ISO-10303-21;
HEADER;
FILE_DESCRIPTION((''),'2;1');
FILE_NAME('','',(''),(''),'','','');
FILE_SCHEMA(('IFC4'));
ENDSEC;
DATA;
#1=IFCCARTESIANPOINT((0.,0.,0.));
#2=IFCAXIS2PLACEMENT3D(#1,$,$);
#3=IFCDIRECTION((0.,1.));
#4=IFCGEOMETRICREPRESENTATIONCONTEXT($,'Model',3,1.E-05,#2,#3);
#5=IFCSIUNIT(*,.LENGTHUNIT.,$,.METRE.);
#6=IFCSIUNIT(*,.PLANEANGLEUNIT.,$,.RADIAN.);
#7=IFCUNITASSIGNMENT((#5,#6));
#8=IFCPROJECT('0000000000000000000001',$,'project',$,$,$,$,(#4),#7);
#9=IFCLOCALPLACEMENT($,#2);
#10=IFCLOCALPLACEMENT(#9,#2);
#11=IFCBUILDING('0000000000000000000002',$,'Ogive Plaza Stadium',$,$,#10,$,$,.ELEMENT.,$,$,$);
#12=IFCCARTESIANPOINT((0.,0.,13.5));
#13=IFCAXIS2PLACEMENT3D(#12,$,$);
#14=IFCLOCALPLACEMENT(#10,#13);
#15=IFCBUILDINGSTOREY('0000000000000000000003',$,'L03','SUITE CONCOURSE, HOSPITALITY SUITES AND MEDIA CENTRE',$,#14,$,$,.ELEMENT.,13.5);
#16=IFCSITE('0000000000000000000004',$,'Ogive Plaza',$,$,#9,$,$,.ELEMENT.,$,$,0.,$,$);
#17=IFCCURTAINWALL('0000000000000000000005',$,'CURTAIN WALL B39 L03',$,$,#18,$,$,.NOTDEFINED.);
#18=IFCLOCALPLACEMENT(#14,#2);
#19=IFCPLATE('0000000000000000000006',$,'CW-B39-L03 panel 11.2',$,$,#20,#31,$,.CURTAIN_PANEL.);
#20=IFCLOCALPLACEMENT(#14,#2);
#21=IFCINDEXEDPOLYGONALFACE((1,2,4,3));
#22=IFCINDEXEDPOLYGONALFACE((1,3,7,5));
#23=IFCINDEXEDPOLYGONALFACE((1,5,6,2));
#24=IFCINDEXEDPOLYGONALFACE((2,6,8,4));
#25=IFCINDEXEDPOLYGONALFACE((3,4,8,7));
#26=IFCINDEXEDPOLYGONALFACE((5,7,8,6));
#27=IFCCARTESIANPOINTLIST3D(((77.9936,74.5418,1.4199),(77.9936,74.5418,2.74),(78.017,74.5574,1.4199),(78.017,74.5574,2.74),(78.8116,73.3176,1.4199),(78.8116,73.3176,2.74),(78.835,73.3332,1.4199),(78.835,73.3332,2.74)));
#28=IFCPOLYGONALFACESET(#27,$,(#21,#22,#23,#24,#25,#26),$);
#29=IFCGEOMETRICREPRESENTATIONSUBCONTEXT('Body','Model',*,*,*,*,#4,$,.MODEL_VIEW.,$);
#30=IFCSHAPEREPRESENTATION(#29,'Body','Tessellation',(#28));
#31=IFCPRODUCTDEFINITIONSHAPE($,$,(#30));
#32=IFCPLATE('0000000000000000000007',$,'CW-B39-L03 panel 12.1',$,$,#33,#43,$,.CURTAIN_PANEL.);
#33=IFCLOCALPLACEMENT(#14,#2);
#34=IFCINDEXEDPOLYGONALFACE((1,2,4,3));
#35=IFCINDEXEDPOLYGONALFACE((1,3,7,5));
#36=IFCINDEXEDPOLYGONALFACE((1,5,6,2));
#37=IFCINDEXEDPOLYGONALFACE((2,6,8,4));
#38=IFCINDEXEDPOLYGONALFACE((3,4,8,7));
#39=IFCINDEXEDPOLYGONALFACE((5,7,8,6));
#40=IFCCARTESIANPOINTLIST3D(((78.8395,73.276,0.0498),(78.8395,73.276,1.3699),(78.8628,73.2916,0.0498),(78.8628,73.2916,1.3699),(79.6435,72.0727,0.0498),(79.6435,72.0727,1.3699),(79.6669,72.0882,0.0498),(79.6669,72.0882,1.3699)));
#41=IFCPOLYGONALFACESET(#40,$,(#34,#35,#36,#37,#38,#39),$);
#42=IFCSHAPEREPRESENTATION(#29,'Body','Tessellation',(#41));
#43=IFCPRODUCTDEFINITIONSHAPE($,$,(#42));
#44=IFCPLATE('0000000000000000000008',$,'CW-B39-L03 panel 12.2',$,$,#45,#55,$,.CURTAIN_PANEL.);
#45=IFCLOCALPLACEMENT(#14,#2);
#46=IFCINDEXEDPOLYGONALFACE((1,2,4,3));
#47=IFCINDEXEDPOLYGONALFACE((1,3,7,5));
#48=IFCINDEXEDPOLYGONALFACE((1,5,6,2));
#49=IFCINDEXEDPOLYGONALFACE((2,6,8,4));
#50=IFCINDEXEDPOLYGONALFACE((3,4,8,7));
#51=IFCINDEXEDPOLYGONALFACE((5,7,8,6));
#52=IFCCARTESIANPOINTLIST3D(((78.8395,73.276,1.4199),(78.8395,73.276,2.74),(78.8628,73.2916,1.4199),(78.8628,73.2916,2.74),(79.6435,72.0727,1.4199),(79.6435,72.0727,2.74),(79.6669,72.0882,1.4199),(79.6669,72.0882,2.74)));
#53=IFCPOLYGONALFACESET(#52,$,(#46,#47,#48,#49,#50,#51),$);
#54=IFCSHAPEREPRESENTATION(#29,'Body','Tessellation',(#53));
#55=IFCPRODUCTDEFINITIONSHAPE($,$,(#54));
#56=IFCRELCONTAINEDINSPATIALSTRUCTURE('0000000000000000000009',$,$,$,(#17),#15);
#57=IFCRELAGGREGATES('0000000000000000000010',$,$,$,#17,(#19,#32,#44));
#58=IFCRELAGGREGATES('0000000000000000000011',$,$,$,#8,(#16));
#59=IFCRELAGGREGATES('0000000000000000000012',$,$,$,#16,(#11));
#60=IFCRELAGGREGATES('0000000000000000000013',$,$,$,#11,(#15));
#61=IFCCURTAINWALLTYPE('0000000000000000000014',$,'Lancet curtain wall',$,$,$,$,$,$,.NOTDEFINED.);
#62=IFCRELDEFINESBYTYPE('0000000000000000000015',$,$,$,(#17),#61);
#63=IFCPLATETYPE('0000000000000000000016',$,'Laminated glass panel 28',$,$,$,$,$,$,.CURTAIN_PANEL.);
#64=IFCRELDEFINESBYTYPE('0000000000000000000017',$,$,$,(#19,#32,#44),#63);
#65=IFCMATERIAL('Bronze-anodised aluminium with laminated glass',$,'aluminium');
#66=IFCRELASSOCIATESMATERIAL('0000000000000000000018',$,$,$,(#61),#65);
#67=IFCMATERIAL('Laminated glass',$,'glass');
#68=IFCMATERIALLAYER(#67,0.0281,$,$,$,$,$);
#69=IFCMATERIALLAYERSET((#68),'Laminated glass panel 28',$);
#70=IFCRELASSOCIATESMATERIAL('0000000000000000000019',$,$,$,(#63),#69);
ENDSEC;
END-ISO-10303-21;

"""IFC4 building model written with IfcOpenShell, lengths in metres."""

from ifc_helpers import new_model, si_unit, direction, frame, origin, origin_2d, place, context, subcontext, project, spatial, rectangle, extrude, material, layer, layer_set, type_object, element, aggregate, save


model = new_model("IFC4")

# Units and contexts
model_context = context("Model", 3, precision=1e-05, world=origin(), true_north=direction((0.0, 1.0)))
body_context = subcontext(model_context, "Body", "Model", "MODEL_VIEW")
ifc_project = project(units=[si_unit("LENGTHUNIT", "METRE"), si_unit("PLANEANGLEUNIT", "RADIAN")], contexts=[model_context])

# Site, building, storey
site_placement = place(None, origin())
site = spatial("IfcSite", under=ifc_project, at=site_placement, Name="Ogive Plaza", CompositionType="ELEMENT", RefElevation=0.0)
building_placement = place(site_placement, origin())
building = spatial("IfcBuilding", under=site, at=building_placement, Name="Ogive Plaza Stadium", CompositionType="ELEMENT")
storey_placement = place(building_placement, frame((0.0, 0.0, 13.5)))
storey = spatial("IfcBuildingStorey", under=building, at=storey_placement, Name="L03", Description="SUITE CONCOURSE, HOSPITALITY SUITES AND MEDIA CENTRE", CompositionType="ELEMENT", Elevation=13.5)

# Curtain wall
ifc_material_1 = material(Name="Bronze-anodised aluminium with laminated glass", Category="aluminium")
curtain_wall_type = type_object("IfcCurtainWallType", Name="Lancet curtain wall", PredefinedType="NOTDEFINED", material=ifc_material_1)
curtain_wall_1_placement = place(storey_placement, origin())
curtain_wall_1 = element("IfcCurtainWall", 1, at=curtain_wall_1_placement, inside=storey, type_object=curtain_wall_type, Name="CURTAIN WALL B39 L03", PredefinedType="NOTDEFINED")

# Plates
ifc_material_2 = material(Name="Laminated glass", Category="glass")
ifc_layer = layer(ifc_material_2, 0.0281)
ifc_layer_set = layer_set([ifc_layer], Name="Laminated glass panel 28")
plate_type = type_object("IfcPlateType", Name="Laminated glass panel 28", PredefinedType="CURTAIN_PANEL", material=ifc_layer_set)
plate_1_placement = place(storey_placement, frame((78.4143, 73.9375, 1.4199), z_axis=(0.0, 0.0, 1.0), x_axis=(0.55557, -0.83147, 0.0)))
plate_1 = element("IfcPlate", 2, at=plate_1_placement, type_object=plate_type, Name="CW-B39-L03 panel 11.2", PredefinedType="CURTAIN_PANEL", context=body_context, shape_type="SweptSolid", body=[
    extrude(rectangle(XDim=1.4724, YDim=0.0281, at=origin_2d()), origin(), (0.0, 0.0, 1.0), 1.3201),
])
plate_2_placement = place(storey_placement, frame((79.2532, 72.6821, 0.0498), z_axis=(0.0, 0.0, 1.0), x_axis=(0.55557, -0.83147, 0.0)))
plate_2 = element("IfcPlate", 3, at=plate_2_placement, type_object=plate_type, Name="CW-B39-L03 panel 12.1", PredefinedType="CURTAIN_PANEL", context=body_context, shape_type="SweptSolid", body=[
    extrude(rectangle(XDim=1.4473, YDim=0.0281, at=origin_2d()), origin(), (0.0, 0.0, 1.0), 1.3201),
])
plate_3_placement = place(storey_placement, frame((79.2532, 72.6821, 1.4199), z_axis=(0.0, 0.0, 1.0), x_axis=(0.55557, -0.83147, 0.0)))
plate_3 = element("IfcPlate", 4, at=plate_3_placement, type_object=plate_type, Name="CW-B39-L03 panel 12.2", PredefinedType="CURTAIN_PANEL", context=body_context, shape_type="SweptSolid", body=[
    extrude(rectangle(XDim=1.4473, YDim=0.0281, at=origin_2d()), origin(), (0.0, 0.0, 1.0), 1.3201),
])
aggregate(curtain_wall_1, [plate_1, plate_2, plate_3])

save(model, "model.ifc")
